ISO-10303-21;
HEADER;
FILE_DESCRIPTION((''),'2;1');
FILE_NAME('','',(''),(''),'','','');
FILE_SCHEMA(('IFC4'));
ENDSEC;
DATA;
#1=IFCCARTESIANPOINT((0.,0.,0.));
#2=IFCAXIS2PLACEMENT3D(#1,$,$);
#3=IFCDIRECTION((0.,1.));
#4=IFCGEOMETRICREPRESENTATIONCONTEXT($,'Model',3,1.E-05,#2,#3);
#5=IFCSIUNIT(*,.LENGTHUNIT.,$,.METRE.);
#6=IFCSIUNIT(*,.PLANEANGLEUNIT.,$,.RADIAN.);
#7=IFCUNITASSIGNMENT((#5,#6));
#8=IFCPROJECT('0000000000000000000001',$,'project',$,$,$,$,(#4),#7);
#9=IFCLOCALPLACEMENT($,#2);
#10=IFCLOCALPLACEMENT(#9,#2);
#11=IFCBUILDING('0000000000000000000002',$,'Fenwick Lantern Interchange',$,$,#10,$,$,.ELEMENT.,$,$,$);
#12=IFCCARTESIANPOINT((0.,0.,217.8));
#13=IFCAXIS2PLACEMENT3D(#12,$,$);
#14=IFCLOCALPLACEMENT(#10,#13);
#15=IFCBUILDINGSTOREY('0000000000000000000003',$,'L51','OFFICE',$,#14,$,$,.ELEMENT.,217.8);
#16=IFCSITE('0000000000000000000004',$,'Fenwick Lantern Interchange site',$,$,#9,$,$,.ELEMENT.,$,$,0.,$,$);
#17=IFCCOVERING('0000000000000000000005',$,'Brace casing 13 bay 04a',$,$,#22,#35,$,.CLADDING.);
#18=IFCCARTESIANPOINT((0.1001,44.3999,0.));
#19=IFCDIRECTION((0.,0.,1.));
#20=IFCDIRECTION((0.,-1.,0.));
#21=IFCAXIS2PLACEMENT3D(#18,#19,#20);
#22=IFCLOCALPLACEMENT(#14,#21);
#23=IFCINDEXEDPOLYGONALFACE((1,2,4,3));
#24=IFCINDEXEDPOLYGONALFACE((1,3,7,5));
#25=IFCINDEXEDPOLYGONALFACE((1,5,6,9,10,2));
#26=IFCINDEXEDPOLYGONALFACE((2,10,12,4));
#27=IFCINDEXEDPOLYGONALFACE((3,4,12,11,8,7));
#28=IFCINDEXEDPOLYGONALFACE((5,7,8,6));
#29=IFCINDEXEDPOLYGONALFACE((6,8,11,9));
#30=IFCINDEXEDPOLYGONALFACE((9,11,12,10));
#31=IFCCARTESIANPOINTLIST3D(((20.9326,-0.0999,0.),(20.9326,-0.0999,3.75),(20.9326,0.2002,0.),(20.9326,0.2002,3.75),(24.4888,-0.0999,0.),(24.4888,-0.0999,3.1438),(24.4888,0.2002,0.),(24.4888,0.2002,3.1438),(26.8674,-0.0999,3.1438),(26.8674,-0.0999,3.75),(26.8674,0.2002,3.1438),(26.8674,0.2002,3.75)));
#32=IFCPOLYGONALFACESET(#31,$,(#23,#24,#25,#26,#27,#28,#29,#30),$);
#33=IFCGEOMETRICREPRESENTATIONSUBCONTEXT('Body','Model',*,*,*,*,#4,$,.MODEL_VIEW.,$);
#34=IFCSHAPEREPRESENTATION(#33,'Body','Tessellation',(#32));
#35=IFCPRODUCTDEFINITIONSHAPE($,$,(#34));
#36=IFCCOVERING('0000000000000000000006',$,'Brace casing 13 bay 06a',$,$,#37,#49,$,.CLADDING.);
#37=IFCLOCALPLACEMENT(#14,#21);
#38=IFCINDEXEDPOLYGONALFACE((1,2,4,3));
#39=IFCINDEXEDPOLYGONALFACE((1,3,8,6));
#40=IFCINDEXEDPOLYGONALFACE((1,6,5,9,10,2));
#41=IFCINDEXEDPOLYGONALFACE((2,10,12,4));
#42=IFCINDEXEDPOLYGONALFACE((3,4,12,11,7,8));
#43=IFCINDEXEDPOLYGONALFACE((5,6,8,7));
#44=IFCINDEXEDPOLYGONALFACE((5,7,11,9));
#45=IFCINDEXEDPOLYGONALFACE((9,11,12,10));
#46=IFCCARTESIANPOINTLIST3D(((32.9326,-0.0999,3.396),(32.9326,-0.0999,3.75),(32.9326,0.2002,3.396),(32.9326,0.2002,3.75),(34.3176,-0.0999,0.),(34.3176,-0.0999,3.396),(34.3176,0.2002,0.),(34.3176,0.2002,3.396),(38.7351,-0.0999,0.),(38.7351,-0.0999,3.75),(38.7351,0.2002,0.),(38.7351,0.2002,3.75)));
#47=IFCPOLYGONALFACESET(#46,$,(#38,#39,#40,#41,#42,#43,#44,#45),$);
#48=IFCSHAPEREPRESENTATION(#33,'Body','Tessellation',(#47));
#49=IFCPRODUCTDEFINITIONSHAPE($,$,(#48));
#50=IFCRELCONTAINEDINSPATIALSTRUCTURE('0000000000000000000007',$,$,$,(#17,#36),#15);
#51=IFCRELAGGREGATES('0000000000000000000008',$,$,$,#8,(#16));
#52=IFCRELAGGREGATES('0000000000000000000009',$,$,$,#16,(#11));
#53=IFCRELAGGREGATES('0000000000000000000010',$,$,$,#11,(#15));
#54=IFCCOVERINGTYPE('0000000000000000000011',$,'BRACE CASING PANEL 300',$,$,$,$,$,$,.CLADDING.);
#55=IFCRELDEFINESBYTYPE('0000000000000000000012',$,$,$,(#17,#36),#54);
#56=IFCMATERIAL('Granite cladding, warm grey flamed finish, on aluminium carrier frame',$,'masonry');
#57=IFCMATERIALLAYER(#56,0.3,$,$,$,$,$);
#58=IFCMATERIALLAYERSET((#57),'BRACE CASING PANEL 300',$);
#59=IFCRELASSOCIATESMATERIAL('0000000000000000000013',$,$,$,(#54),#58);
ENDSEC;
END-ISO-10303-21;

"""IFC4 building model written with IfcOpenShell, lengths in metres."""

from ifc_helpers import new_model, si_unit, direction, frame, origin, place, context, subcontext, project, spatial, polyline, outline, extrude, material, layer, layer_set, type_object, element, save


model = new_model("IFC4")

# Units and contexts
model_context = context("Model", 3, precision=1e-05, world=origin(), true_north=direction((0.0, 1.0)))
body_context = subcontext(model_context, "Body", "Model", "MODEL_VIEW")
ifc_project = project(units=[si_unit("LENGTHUNIT", "METRE"), si_unit("PLANEANGLEUNIT", "RADIAN")], contexts=[model_context])

# Site, building, storey
site_placement = place(None, origin())
site = spatial("IfcSite", under=ifc_project, at=site_placement, Name="Fenwick Lantern Interchange site", CompositionType="ELEMENT", RefElevation=0.0)
building_placement = place(site_placement, origin())
building = spatial("IfcBuilding", under=site, at=building_placement, Name="Fenwick Lantern Interchange", CompositionType="ELEMENT")
storey_placement = place(building_placement, frame((0.0, 0.0, 217.8)))
storey = spatial("IfcBuildingStorey", under=building, at=storey_placement, Name="L51", Description="OFFICE", CompositionType="ELEMENT", Elevation=217.8)

# Coverings
ifc_material_1 = material(Name="Granite cladding, warm grey flamed finish, on aluminium carrier frame", Category="masonry")
ifc_layer_1 = layer(ifc_material_1, 0.3)
ifc_layer_set_1 = layer_set([ifc_layer_1], Name="BRACE CASING PANEL 300")
covering_type = type_object("IfcCoveringType", Name="BRACE CASING PANEL 300", PredefinedType="CLADDING", material=ifc_layer_set_1)
covering_1_placement = place(storey_placement, frame((0.1001, 44.3999, 0.0), z_axis=(0.0, 0.0, 1.0), x_axis=(0.0, -1.0, 0.0)))
element("IfcCovering", 1, at=covering_1_placement, inside=storey, type_object=covering_type, Name="Brace casing 13 bay 04a", PredefinedType="CLADDING", context=body_context, shape_type="SweptSolid", body=[
    extrude(outline(polyline([(20.9326, 0.0), (24.4888, 0.0), (24.4888, 3.1438), (26.8674, 3.1438), (26.8674, 3.75), (20.9326, 3.75), (20.9326, 0.0)])), frame((0.0, 0.2002, 0.0), z_axis=(0.0, -1.0, 0.0), x_axis=(1.0, 0.0, 0.0)), (0.0, 0.0, 1.0), 0.3),
])
covering_2_placement = place(storey_placement, frame((0.1001, 44.3999, 0.0), z_axis=(0.0, 0.0, 1.0), x_axis=(0.0, -1.0, 0.0)))
element("IfcCovering", 2, at=covering_2_placement, inside=storey, type_object=covering_type, Name="Brace casing 13 bay 06a", PredefinedType="CLADDING", context=body_context, shape_type="SweptSolid", body=[
    extrude(outline(polyline([(34.3176, 0.0), (38.7351, 0.0), (38.7351, 3.75), (32.9326, 3.75), (32.9326, 3.396), (34.3176, 3.396), (34.3176, 0.0)])), frame((0.0, 0.2002, 0.0), z_axis=(0.0, -1.0, 0.0), x_axis=(1.0, 0.0, 0.0)), (0.0, 0.0, 1.0), 0.3),
])

save(model, "model.ifc")
